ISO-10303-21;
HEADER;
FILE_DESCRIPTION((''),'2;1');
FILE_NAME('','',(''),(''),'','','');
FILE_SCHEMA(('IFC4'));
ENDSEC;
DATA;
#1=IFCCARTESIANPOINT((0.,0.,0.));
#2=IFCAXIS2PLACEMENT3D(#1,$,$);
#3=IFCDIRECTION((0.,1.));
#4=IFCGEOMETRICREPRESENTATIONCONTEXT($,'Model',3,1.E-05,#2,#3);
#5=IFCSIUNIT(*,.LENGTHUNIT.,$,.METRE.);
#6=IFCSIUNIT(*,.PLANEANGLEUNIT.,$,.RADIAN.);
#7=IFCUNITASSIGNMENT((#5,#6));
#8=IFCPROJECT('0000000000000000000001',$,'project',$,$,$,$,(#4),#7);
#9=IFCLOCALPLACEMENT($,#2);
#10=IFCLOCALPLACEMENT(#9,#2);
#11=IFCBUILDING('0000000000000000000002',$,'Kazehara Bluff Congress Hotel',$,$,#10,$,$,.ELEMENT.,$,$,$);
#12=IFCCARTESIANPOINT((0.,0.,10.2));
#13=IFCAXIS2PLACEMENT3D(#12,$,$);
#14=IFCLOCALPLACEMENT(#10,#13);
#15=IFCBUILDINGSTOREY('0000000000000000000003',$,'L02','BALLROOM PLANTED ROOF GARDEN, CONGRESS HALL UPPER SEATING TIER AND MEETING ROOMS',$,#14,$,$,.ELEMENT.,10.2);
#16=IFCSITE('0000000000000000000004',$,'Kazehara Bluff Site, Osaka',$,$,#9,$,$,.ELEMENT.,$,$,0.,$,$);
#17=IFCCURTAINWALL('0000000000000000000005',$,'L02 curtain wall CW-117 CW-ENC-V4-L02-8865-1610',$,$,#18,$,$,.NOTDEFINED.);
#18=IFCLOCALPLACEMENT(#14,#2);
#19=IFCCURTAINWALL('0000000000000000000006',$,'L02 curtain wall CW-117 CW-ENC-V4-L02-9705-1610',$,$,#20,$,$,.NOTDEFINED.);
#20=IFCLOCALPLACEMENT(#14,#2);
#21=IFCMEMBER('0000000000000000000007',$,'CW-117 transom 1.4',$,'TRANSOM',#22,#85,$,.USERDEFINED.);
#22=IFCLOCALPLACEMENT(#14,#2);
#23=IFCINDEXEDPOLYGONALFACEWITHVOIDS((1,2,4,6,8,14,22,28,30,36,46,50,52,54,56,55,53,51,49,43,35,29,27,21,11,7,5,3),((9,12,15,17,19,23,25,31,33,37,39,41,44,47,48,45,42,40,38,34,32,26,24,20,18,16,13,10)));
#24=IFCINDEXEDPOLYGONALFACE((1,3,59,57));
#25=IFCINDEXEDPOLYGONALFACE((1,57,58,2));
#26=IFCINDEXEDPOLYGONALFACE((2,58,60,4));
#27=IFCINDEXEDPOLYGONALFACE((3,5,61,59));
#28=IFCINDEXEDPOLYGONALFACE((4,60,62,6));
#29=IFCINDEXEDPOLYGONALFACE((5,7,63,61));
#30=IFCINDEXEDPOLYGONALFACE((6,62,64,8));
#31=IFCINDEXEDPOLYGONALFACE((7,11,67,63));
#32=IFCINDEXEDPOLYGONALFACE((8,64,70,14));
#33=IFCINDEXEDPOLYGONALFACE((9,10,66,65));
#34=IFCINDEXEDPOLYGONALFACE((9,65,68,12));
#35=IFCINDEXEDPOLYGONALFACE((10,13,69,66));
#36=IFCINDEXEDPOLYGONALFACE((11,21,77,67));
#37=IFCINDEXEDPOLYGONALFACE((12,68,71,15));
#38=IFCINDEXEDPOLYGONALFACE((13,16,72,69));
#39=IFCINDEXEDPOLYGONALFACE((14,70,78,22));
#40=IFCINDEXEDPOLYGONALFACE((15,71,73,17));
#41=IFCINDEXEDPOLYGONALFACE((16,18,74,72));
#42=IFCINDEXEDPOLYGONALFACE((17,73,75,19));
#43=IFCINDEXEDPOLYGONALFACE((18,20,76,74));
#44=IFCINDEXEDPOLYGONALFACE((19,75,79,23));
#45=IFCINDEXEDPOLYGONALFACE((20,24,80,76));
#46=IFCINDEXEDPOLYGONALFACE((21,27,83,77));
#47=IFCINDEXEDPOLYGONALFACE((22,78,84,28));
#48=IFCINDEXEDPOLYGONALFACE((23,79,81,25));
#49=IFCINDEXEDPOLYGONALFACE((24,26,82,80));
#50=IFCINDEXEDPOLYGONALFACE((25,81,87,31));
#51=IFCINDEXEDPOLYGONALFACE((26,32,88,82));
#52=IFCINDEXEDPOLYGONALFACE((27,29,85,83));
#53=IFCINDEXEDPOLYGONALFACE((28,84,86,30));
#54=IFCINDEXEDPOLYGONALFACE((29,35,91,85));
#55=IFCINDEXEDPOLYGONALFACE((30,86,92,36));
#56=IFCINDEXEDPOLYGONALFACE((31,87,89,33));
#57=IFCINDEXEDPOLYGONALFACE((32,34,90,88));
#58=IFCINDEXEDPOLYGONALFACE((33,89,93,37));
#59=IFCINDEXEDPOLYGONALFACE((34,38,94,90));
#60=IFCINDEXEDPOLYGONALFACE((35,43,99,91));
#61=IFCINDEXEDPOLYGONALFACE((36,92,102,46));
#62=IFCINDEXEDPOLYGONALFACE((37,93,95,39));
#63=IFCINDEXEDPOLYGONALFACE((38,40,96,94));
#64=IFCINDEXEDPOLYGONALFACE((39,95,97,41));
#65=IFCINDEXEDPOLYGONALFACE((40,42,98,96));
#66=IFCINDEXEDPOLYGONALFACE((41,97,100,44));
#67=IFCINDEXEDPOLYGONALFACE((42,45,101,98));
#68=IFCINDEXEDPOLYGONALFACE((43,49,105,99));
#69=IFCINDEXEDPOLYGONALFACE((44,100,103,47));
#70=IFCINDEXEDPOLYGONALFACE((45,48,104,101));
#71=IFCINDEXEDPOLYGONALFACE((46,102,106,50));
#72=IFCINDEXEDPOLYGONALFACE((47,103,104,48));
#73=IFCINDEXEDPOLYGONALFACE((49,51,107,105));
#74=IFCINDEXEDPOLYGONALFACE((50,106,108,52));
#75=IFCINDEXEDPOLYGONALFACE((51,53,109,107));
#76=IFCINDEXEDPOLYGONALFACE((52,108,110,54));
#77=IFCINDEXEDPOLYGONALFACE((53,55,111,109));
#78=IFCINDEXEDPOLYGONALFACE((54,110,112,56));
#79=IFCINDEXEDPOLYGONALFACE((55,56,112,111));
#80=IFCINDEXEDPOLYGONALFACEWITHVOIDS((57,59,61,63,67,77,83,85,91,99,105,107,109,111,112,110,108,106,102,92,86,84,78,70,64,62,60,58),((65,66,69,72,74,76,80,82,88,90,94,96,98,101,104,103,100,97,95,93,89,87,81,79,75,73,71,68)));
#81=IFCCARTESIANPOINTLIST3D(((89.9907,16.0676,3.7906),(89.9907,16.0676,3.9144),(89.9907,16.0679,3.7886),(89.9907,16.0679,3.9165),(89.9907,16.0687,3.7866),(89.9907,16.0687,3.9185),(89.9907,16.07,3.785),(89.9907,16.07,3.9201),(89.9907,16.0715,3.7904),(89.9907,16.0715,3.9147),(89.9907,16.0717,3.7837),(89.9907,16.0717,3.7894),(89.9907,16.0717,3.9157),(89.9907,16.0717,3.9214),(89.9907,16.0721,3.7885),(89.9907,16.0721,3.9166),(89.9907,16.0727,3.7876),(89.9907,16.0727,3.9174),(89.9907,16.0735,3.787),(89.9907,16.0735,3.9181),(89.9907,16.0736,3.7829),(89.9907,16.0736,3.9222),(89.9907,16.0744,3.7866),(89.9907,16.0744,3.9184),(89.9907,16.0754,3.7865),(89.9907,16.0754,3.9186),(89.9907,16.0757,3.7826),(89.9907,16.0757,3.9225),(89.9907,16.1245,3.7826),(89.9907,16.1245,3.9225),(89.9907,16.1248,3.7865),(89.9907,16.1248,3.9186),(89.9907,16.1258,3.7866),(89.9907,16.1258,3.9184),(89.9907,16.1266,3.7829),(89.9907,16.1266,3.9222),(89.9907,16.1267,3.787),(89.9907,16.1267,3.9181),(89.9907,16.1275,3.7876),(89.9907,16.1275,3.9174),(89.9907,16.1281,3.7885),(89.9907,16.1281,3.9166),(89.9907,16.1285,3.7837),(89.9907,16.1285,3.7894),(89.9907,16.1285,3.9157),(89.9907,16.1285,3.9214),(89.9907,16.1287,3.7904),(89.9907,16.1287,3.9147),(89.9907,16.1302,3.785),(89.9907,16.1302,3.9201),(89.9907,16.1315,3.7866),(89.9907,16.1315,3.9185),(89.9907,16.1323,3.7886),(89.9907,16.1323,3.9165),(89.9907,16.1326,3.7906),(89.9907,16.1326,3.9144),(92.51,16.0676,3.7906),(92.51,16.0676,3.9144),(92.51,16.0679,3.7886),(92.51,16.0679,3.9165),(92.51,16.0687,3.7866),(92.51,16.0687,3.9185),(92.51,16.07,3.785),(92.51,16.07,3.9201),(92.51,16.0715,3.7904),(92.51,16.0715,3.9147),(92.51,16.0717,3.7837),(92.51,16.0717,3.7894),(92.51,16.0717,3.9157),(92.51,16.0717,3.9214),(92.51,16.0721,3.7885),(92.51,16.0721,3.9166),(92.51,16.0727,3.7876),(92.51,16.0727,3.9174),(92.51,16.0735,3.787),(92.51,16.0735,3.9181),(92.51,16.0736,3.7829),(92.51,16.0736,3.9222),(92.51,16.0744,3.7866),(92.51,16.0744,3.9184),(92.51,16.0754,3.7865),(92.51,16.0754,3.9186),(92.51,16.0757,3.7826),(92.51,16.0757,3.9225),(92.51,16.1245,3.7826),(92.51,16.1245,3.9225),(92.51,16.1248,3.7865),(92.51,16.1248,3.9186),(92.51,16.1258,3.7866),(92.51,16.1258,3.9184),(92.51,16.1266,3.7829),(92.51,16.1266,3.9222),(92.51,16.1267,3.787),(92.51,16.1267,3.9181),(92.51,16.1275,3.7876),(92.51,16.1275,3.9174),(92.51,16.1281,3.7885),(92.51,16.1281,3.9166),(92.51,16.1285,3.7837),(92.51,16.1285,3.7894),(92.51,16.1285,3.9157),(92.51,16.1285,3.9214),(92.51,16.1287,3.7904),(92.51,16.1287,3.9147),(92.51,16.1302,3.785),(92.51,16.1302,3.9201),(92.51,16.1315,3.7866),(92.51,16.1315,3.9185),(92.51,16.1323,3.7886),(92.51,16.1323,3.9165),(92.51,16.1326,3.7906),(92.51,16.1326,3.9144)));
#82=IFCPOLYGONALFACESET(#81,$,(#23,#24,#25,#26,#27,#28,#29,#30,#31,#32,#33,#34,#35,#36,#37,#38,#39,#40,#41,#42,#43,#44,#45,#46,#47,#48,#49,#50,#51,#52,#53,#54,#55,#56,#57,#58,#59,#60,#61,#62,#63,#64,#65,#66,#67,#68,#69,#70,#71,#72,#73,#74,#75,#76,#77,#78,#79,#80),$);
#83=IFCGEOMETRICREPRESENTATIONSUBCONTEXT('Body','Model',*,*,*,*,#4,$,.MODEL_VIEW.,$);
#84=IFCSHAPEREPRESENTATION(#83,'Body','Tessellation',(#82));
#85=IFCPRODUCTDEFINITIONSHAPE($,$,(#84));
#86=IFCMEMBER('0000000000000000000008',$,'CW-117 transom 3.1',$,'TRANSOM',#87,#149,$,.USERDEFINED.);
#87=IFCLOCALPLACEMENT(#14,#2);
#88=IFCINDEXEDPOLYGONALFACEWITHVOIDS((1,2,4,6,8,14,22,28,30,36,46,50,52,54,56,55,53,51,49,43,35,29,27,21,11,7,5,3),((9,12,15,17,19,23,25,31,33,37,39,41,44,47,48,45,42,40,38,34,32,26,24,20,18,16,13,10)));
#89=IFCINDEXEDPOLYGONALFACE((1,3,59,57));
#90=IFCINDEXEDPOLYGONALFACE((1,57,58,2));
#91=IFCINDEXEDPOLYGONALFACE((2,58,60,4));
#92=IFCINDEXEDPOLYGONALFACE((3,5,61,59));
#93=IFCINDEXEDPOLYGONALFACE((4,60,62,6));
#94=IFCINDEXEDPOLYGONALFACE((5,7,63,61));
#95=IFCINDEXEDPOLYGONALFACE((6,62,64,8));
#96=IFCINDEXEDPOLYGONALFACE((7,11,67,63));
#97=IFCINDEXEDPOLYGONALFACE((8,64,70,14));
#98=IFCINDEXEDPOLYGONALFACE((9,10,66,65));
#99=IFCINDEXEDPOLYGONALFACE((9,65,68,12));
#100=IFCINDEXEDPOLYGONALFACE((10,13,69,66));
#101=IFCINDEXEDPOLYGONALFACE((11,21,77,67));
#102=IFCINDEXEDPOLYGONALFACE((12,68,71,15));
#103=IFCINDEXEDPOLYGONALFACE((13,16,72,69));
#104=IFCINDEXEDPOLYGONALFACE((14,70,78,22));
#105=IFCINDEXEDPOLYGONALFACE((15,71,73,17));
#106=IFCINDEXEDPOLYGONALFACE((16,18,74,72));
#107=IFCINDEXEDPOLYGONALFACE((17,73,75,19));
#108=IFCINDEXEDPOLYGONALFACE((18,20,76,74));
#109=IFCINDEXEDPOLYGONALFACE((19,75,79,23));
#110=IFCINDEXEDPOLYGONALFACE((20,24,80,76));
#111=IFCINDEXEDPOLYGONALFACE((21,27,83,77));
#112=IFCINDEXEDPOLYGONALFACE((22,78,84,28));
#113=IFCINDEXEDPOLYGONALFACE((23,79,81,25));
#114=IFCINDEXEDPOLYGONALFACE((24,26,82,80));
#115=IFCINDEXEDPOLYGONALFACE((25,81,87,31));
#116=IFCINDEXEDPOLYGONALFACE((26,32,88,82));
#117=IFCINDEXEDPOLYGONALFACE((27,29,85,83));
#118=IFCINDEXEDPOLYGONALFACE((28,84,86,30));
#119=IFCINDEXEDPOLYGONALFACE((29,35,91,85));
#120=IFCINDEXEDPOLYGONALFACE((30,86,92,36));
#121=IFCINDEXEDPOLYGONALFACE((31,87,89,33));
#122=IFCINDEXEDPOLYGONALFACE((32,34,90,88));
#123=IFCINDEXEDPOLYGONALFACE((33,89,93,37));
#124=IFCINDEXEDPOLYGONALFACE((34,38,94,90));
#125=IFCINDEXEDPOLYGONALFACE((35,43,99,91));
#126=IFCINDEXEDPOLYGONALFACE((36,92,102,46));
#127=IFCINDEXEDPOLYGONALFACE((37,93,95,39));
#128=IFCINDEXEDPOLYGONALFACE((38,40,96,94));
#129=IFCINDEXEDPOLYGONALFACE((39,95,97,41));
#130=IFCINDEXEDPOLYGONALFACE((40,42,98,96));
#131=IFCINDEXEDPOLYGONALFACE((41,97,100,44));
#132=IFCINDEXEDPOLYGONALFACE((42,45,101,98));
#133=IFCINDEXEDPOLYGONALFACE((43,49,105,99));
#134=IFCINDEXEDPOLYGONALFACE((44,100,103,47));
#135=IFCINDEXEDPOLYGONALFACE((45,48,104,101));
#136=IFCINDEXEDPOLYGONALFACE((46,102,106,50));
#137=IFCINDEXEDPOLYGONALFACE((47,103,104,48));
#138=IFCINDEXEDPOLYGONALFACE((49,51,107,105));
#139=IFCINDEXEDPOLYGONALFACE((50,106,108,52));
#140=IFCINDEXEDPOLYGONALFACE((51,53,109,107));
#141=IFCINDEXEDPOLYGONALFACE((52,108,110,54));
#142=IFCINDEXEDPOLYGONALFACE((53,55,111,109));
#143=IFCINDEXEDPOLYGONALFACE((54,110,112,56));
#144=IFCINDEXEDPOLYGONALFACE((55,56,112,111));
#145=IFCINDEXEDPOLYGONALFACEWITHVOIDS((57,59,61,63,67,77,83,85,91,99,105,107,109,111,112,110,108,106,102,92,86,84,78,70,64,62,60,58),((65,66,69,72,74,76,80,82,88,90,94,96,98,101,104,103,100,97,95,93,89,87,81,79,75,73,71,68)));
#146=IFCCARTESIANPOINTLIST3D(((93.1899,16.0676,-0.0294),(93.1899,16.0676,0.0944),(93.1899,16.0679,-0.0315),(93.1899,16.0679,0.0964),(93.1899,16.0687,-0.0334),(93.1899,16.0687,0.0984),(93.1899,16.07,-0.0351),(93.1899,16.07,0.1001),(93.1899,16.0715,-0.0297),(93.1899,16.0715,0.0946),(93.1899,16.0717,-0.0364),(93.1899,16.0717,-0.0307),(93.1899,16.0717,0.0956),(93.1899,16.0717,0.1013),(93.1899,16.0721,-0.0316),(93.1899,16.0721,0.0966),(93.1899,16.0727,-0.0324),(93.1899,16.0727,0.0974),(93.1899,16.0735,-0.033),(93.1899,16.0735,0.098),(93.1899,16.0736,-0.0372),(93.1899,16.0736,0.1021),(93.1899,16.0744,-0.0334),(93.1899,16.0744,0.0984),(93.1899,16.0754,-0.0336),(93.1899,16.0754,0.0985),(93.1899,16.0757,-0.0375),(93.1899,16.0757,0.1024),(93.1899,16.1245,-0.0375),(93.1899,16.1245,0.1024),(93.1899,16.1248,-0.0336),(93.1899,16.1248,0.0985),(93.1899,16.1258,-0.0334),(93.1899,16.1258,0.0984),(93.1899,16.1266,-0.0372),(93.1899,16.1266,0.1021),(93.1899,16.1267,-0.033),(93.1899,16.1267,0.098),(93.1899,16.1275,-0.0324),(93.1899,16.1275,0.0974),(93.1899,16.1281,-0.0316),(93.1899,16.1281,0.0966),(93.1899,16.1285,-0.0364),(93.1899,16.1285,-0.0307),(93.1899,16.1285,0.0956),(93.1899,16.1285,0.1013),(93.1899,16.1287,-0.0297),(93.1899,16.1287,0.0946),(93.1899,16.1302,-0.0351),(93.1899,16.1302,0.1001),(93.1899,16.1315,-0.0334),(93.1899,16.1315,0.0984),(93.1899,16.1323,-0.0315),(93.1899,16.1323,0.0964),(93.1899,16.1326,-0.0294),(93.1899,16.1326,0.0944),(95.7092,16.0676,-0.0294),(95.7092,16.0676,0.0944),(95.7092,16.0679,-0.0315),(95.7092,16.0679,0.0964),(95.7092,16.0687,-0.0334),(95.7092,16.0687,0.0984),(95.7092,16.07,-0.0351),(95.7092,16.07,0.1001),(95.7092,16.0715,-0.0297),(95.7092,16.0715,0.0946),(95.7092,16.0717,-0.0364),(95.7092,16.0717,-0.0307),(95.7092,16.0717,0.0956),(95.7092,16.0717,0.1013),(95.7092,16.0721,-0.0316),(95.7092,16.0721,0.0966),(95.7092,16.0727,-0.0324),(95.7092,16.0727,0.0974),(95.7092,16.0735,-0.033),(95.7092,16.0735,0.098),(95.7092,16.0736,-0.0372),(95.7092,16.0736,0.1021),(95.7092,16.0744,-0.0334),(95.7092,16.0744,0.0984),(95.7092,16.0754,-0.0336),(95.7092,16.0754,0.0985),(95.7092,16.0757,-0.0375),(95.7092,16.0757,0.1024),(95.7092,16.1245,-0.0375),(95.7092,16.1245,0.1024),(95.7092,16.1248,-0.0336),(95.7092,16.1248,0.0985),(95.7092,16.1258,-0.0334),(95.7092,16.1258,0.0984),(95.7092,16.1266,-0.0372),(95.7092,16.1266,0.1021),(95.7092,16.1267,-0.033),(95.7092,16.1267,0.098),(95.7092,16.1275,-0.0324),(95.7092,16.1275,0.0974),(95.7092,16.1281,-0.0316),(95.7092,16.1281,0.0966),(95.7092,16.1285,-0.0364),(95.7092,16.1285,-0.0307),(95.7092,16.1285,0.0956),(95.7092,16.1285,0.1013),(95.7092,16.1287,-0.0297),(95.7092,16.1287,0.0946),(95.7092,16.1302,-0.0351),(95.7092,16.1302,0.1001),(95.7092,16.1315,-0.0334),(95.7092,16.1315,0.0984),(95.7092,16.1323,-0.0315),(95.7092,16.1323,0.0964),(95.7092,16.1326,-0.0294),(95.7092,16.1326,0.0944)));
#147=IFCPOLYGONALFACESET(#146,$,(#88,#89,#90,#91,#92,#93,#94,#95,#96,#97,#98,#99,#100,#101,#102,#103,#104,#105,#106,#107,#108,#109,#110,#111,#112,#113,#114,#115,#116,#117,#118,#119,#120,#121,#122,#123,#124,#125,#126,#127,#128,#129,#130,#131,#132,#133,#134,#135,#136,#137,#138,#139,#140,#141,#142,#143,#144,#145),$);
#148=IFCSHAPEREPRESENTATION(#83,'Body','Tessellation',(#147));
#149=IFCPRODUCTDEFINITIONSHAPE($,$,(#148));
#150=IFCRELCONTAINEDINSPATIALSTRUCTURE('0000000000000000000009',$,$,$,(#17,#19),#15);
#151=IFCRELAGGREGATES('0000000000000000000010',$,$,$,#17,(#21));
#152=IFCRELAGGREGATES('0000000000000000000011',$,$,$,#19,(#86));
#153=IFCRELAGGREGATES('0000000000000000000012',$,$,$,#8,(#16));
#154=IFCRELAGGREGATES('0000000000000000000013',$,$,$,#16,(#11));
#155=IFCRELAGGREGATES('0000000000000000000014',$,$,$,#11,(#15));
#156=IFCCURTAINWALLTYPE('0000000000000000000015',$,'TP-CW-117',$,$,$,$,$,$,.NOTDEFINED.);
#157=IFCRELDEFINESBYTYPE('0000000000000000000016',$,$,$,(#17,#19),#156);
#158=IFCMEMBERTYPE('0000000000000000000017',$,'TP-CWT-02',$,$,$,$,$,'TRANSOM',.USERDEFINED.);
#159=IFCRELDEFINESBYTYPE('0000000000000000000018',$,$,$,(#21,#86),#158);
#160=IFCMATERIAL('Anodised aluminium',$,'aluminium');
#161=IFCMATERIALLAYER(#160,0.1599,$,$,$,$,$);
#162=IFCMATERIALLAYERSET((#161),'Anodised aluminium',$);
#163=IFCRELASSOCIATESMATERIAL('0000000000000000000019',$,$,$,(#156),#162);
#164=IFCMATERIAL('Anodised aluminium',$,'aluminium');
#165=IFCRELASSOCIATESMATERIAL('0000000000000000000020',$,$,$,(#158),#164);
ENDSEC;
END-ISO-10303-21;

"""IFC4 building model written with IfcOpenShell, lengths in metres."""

from ifc_helpers import new_model, si_unit, direction, frame, origin, origin_2d, place, context, subcontext, project, spatial, hollow_rectangle, extrude, material, layer, layer_set, material_profile, profile_set, type_object, element, aggregate, save


model = new_model("IFC4")

# Units and contexts
model_context = context("Model", 3, precision=1e-05, world=origin(), true_north=direction((0.0, 1.0)))
body_context = subcontext(model_context, "Body", "Model", "MODEL_VIEW")
ifc_project = project(units=[si_unit("LENGTHUNIT", "METRE"), si_unit("PLANEANGLEUNIT", "RADIAN")], contexts=[model_context])

# Site, building, storey
site_placement = place(None, origin())
site = spatial("IfcSite", under=ifc_project, at=site_placement, Name="Kazehara Bluff Site, Osaka", CompositionType="ELEMENT", RefElevation=0.0)
building_placement = place(site_placement, origin())
building = spatial("IfcBuilding", under=site, at=building_placement, Name="Kazehara Bluff Congress Hotel", CompositionType="ELEMENT")
storey_placement = place(building_placement, frame((0.0, 0.0, 10.2)))
storey = spatial("IfcBuildingStorey", under=building, at=storey_placement, Name="L02", Description="BALLROOM PLANTED ROOF GARDEN, CONGRESS HALL UPPER SEATING TIER AND MEETING ROOMS", CompositionType="ELEMENT", Elevation=10.2)

# Curtain wall
ifc_material_1 = material(Name="Anodised aluminium", Category="aluminium")
ifc_layer_1 = layer(ifc_material_1, 0.1599)
ifc_layer_set_1 = layer_set([ifc_layer_1], Name="Anodised aluminium")
curtain_wall_type = type_object("IfcCurtainWallType", Name="TP-CW-117", PredefinedType="NOTDEFINED", material=ifc_layer_set_1)
curtain_wall_1_placement = place(storey_placement, origin())
curtain_wall_1 = element("IfcCurtainWall", 1, at=curtain_wall_1_placement, inside=storey, type_object=curtain_wall_type, Name="L02 curtain wall CW-117 CW-ENC-V4-L02-8865-1610", PredefinedType="NOTDEFINED")

# Curtain wall
curtain_wall_2_placement = place(storey_placement, origin())
curtain_wall_2 = element("IfcCurtainWall", 2, at=curtain_wall_2_placement, inside=storey, type_object=curtain_wall_type, Name="L02 curtain wall CW-117 CW-ENC-V4-L02-9705-1610", PredefinedType="NOTDEFINED")

# Members
ifc_material_2 = material(Name="Anodised aluminium", Category="aluminium")
ifc_material_profile_1 = material_profile(ifc_material_2, hollow_rectangle(XDim=0.0649, YDim=0.1399, WallThickness=0.0039, InnerFilletRadius=0.0039, OuterFilletRadius=0.0081, at=origin_2d()))
ifc_profile_set_1 = profile_set([ifc_material_profile_1], Name="Anodised aluminium")
member_type_1 = type_object("IfcMemberType", Name="TP-CWT-02", ElementType="TRANSOM", PredefinedType="USERDEFINED", material=ifc_profile_set_1)
member_1_placement = place(storey_placement, frame((92.51, 16.1001, 3.8525), z_axis=(-1.0, 0.0, 0.0), x_axis=(0.0, -1.0, 0.0)))
member_1 = element("IfcMember", 3, at=member_1_placement, type_object=member_type_1, Name="CW-117 transom 1.4", ObjectType="TRANSOM", PredefinedType="USERDEFINED", context=body_context, shape_type="SweptSolid", body=[
    extrude(hollow_rectangle(XDim=0.0649, YDim=0.1399, WallThickness=0.0039, InnerFilletRadius=0.0039, OuterFilletRadius=0.0081, at=origin_2d()), origin(), (0.0, 0.0, 1.0), 2.5193),
])
member_2_placement = place(storey_placement, frame((95.7092, 16.1001, 0.0325), z_axis=(-1.0, 0.0, 0.0), x_axis=(0.0, -1.0, 0.0)))
member_2 = element("IfcMember", 4, at=member_2_placement, type_object=member_type_1, Name="CW-117 transom 3.1", ObjectType="TRANSOM", PredefinedType="USERDEFINED", context=body_context, shape_type="SweptSolid", body=[
    extrude(hollow_rectangle(XDim=0.0649, YDim=0.1399, WallThickness=0.0039, InnerFilletRadius=0.0039, OuterFilletRadius=0.0081, at=origin_2d()), origin(), (0.0, 0.0, 1.0), 2.5193),
])

aggregate(curtain_wall_1, [member_1])
aggregate(curtain_wall_2, [member_2])

save(model, "model.ifc")
